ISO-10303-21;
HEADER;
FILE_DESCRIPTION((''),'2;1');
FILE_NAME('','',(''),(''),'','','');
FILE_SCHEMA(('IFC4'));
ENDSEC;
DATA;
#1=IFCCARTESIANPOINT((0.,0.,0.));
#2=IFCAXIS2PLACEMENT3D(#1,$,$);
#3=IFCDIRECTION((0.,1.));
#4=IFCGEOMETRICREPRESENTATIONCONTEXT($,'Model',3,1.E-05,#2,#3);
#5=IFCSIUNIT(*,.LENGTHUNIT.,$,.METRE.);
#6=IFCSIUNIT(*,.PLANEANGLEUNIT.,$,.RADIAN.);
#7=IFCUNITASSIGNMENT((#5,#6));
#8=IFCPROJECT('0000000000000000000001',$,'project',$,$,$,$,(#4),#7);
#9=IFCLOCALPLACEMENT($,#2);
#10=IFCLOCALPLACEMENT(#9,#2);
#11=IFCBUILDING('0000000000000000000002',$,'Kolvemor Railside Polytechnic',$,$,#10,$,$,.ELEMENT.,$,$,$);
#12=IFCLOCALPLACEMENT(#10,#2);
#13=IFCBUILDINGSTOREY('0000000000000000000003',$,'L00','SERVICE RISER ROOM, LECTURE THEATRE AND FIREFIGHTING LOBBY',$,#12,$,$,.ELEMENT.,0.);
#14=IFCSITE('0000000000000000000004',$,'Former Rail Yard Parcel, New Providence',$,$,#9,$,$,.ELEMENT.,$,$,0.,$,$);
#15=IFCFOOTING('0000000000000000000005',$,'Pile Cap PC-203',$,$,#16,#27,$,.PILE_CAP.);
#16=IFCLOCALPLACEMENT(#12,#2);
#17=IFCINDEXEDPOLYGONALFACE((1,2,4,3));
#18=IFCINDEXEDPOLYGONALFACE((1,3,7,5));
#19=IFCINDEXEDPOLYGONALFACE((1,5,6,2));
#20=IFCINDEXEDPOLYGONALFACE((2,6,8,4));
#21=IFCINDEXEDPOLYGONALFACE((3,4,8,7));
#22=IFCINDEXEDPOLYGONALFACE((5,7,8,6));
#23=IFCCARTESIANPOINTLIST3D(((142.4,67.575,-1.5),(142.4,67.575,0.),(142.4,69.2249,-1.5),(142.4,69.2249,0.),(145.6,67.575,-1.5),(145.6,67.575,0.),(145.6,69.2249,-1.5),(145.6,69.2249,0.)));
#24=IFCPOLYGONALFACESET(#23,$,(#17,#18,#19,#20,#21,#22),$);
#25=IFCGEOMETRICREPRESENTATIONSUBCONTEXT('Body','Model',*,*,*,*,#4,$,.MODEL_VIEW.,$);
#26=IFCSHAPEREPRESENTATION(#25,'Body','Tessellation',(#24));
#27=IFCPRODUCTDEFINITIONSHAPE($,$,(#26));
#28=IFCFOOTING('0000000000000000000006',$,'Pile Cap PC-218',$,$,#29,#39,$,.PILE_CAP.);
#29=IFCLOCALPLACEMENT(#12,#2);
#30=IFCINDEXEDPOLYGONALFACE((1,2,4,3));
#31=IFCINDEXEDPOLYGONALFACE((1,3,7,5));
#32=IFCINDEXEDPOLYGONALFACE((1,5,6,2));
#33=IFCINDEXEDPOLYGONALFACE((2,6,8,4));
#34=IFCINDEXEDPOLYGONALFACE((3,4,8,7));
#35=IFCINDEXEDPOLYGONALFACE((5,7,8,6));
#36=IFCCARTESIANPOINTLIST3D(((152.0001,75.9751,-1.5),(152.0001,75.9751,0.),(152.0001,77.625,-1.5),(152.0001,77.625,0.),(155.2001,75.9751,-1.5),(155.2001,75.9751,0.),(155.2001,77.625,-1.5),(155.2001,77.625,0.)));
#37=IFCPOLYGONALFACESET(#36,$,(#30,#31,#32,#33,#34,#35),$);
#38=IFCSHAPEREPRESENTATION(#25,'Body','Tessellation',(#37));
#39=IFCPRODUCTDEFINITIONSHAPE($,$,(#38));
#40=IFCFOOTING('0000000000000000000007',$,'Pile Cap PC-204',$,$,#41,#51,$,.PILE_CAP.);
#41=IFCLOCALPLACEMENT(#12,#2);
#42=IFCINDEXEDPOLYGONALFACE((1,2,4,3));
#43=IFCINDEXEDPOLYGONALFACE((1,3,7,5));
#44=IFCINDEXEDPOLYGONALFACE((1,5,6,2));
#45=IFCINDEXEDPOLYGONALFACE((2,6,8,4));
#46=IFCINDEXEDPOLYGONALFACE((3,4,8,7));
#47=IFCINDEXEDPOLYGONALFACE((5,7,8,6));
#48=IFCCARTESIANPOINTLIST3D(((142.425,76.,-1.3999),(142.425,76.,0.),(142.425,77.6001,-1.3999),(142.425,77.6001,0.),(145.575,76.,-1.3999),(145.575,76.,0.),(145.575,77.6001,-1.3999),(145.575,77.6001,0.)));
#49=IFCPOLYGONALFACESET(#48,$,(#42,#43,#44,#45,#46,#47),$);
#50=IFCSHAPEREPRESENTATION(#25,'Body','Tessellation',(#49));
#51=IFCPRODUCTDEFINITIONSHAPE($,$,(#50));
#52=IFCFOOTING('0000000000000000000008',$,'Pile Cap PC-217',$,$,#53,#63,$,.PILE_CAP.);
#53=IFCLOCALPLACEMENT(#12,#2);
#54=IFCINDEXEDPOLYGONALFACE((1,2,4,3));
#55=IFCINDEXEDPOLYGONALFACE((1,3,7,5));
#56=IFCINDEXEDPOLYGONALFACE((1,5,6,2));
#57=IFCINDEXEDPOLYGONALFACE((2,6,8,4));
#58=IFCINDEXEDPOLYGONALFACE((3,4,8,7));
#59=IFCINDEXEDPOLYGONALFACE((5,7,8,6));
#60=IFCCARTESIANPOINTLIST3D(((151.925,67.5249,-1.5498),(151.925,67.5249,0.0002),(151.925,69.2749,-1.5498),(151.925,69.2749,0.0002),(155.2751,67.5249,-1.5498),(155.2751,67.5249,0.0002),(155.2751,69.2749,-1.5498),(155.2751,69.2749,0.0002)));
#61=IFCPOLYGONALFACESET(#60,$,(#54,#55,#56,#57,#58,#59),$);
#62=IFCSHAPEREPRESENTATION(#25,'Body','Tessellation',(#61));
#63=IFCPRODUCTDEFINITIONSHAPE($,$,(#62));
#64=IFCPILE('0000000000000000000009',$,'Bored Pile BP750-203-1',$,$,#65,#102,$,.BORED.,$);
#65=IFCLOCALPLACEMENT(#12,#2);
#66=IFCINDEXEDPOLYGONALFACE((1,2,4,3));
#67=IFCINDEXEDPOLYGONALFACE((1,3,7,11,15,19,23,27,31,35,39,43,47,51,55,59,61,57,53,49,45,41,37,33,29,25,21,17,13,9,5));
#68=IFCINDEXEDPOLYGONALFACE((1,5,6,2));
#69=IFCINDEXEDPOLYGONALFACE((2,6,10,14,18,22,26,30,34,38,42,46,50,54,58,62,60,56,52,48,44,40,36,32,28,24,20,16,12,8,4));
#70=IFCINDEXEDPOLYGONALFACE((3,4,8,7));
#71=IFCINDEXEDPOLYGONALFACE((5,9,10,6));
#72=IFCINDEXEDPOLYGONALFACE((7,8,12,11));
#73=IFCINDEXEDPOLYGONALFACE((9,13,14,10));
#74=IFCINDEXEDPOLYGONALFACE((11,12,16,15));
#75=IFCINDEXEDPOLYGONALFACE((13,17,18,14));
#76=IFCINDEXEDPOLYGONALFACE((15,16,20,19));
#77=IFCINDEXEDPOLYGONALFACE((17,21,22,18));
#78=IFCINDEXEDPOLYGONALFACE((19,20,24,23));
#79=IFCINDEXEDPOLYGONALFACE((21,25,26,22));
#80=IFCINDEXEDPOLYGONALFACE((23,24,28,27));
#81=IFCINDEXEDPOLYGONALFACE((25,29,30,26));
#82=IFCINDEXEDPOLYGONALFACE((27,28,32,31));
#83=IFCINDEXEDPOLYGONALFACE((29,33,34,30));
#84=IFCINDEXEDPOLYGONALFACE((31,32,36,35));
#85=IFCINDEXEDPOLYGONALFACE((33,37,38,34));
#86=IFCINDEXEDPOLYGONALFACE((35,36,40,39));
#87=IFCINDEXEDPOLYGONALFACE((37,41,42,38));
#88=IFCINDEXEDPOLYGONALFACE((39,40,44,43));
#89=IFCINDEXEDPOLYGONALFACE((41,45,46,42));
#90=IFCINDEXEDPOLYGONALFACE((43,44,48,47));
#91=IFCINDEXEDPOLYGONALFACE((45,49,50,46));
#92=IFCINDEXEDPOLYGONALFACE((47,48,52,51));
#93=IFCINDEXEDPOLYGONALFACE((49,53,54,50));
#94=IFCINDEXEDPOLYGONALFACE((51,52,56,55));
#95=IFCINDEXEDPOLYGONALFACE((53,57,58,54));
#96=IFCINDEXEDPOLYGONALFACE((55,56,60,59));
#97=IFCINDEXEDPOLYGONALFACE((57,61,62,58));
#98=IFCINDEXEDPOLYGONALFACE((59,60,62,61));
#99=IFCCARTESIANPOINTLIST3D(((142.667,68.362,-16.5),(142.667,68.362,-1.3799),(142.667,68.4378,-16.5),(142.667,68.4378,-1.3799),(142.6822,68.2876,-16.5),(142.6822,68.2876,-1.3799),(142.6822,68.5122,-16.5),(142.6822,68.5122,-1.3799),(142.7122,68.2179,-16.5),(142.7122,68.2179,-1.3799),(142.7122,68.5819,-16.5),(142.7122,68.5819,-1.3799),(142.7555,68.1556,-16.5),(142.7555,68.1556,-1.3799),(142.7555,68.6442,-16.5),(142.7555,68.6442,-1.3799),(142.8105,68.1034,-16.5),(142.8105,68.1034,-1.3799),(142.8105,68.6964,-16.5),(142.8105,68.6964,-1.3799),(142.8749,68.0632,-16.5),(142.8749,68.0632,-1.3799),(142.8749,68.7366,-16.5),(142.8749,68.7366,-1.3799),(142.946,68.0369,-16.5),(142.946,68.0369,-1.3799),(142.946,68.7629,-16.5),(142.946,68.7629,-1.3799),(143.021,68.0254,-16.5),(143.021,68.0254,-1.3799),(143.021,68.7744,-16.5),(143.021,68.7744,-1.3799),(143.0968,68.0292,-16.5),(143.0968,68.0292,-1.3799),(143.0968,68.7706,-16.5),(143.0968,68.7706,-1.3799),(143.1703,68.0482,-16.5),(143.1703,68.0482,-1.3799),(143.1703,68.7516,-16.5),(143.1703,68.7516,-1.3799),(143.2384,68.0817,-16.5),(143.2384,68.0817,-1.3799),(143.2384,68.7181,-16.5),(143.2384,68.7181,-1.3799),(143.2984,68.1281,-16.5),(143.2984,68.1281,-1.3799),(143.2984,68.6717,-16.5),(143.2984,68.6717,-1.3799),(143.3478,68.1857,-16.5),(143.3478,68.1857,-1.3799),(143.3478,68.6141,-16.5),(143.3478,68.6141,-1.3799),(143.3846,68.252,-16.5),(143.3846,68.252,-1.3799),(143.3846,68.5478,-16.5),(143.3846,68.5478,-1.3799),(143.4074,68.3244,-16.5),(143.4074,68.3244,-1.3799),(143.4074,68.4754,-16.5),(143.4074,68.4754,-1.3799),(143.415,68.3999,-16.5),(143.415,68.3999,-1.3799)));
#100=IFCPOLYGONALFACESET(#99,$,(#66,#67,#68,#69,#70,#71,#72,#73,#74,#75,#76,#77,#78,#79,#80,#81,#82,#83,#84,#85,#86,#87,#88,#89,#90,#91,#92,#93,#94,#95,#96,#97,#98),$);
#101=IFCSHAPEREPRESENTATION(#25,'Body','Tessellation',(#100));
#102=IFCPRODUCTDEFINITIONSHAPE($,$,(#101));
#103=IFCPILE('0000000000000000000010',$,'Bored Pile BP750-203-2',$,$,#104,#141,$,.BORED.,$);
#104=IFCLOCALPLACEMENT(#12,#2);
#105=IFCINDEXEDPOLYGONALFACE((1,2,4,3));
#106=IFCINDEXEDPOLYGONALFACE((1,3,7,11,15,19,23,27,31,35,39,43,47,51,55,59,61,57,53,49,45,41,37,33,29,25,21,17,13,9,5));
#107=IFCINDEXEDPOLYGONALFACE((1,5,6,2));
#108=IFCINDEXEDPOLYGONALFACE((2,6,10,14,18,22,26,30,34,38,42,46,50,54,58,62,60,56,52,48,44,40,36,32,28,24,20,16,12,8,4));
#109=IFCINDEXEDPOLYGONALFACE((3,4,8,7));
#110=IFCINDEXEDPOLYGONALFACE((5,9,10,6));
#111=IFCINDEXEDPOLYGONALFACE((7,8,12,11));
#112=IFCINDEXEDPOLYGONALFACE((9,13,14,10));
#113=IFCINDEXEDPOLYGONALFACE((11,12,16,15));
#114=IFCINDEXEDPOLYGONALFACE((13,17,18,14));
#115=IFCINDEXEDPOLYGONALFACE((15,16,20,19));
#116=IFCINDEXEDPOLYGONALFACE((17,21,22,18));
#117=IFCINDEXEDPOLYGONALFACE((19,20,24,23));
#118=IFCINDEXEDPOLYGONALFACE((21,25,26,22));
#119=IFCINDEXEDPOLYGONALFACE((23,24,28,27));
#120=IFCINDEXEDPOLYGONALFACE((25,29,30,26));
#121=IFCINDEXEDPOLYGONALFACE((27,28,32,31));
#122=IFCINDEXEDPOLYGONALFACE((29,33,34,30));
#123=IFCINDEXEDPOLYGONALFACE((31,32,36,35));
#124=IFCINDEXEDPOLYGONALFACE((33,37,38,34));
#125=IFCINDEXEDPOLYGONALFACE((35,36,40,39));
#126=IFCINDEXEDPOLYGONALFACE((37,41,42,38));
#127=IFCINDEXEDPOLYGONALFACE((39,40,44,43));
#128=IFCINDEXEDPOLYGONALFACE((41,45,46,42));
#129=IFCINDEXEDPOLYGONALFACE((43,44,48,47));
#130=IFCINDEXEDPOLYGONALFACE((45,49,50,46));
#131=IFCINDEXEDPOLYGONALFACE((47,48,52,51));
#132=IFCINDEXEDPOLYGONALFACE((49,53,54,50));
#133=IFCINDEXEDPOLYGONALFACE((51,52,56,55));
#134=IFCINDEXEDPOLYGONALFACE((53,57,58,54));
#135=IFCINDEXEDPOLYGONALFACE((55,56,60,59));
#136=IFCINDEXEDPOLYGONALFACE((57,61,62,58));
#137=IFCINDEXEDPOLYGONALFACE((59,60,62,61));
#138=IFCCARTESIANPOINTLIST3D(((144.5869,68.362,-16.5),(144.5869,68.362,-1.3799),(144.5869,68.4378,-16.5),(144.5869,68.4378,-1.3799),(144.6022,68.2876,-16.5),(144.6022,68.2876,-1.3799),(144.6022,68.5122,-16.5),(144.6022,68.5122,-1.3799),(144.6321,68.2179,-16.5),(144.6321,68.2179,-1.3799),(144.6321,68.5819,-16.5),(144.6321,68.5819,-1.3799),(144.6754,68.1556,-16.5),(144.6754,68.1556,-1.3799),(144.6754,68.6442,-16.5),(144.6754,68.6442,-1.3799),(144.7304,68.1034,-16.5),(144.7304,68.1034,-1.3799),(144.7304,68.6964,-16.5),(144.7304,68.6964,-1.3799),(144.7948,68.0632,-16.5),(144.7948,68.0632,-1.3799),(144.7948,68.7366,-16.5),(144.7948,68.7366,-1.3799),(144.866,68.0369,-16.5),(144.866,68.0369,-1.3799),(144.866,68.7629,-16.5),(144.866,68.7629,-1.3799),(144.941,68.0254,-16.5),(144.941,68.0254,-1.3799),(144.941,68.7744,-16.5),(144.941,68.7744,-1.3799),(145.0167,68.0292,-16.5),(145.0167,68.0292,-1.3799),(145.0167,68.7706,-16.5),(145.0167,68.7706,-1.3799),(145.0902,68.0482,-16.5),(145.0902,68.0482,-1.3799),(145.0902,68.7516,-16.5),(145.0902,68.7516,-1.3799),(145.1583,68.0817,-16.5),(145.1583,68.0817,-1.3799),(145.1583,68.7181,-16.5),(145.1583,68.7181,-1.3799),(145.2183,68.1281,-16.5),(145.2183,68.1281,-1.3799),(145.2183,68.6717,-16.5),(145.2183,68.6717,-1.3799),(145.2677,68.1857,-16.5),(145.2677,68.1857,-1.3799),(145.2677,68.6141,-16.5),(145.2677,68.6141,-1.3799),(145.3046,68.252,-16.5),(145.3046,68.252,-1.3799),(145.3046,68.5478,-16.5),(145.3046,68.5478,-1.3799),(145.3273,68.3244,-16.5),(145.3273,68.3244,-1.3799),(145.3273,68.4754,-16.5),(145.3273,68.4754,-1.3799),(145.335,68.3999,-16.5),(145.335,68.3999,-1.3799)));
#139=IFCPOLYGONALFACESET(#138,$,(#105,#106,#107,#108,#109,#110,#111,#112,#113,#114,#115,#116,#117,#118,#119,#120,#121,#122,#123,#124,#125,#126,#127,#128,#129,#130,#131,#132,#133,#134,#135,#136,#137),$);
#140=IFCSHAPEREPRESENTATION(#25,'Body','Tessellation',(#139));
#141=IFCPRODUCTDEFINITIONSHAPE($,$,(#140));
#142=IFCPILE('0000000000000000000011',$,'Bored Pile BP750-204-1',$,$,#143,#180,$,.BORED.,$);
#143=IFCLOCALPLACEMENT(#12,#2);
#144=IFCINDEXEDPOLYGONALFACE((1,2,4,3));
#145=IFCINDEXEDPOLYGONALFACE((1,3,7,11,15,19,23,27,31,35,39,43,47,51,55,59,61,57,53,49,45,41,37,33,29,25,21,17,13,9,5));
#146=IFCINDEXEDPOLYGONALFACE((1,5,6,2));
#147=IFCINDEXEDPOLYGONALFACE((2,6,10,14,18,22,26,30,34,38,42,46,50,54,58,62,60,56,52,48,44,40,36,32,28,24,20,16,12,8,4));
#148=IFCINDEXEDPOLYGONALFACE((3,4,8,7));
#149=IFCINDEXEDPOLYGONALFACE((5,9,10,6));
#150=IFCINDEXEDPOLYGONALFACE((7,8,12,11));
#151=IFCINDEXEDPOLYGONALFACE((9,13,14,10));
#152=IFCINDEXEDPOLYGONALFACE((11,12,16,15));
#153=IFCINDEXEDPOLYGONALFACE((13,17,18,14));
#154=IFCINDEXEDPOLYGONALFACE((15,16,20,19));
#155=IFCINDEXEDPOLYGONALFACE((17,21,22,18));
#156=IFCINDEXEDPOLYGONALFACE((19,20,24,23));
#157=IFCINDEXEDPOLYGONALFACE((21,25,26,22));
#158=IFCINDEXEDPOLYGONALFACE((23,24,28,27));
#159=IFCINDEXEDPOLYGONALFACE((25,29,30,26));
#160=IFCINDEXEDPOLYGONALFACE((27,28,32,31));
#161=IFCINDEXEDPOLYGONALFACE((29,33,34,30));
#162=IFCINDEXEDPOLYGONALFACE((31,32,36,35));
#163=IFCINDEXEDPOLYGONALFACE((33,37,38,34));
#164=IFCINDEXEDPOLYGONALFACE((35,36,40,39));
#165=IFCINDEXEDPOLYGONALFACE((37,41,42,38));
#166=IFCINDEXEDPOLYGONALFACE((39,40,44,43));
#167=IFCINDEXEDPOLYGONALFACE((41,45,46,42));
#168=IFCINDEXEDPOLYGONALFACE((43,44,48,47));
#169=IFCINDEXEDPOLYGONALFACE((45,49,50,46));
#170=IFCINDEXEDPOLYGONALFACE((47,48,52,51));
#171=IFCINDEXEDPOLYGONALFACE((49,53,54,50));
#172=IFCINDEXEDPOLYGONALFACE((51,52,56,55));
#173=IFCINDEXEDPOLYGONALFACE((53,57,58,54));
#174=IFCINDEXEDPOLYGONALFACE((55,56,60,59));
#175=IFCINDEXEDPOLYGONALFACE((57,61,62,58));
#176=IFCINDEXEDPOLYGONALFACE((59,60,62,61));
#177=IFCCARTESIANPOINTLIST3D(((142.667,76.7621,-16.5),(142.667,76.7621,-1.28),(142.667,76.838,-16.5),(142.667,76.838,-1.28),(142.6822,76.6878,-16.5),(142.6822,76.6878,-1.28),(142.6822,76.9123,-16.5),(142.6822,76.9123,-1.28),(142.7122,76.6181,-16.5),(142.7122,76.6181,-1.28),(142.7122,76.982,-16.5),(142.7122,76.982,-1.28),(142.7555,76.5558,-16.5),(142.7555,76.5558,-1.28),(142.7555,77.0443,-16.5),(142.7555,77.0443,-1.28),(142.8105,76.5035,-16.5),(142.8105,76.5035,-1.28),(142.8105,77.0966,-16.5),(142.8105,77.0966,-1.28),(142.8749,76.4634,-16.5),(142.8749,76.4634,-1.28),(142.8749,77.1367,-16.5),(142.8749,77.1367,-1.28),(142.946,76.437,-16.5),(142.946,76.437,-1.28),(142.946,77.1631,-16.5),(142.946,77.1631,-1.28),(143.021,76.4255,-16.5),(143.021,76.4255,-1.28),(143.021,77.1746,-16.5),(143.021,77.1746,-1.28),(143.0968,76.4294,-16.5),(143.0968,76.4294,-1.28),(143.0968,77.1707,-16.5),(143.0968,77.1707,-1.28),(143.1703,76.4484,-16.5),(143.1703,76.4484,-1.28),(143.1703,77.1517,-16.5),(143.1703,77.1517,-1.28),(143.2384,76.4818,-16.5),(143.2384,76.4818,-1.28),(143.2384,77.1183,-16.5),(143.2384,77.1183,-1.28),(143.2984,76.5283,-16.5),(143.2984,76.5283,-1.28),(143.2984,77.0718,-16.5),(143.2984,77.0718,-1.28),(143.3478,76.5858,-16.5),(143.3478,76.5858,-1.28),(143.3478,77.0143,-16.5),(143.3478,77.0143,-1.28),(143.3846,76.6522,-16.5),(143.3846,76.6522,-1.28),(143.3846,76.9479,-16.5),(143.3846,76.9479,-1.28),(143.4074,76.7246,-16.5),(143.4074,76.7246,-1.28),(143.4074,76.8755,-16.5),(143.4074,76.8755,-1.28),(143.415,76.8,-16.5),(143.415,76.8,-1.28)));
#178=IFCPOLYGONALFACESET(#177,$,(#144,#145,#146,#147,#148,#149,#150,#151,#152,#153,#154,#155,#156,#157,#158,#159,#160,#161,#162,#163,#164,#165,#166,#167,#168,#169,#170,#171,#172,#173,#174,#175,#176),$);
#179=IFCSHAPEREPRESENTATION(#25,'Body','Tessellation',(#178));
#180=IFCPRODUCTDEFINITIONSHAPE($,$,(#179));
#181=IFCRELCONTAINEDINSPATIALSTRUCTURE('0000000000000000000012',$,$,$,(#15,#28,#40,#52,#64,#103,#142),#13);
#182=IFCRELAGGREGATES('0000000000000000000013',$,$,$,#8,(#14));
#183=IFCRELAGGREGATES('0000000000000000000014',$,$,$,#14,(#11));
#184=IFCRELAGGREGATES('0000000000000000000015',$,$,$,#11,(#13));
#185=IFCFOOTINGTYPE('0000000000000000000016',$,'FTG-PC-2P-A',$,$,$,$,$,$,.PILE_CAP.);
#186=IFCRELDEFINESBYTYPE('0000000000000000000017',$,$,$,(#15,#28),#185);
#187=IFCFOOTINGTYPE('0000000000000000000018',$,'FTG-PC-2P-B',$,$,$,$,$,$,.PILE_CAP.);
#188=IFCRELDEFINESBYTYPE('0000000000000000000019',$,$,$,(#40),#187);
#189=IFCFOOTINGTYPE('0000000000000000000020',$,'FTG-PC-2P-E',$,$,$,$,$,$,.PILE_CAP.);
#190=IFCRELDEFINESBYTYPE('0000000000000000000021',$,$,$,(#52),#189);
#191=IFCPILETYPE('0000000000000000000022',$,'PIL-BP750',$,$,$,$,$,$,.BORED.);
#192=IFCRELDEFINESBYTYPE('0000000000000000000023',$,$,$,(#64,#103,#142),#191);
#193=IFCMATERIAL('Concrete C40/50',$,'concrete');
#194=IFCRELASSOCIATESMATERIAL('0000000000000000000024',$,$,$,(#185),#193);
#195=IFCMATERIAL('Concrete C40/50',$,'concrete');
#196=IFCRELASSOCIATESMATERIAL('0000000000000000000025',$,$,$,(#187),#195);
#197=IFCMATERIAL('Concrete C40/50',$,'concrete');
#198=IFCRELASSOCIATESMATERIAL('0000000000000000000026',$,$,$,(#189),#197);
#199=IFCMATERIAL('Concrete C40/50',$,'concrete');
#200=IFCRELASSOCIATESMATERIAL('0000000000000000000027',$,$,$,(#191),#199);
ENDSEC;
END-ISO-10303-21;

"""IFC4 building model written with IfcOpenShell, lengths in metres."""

from ifc_helpers import new_model, si_unit, direction, frame, origin, origin_2d, place, context, subcontext, project, spatial, rectangle, circle, extrude, material, material_profile, profile_set, type_object, element, save


model = new_model("IFC4")

# Units and contexts
model_context = context("Model", 3, precision=1e-05, world=origin(), true_north=direction((0.0, 1.0)))
body_context = subcontext(model_context, "Body", "Model", "MODEL_VIEW")
ifc_project = project(units=[si_unit("LENGTHUNIT", "METRE"), si_unit("PLANEANGLEUNIT", "RADIAN")], contexts=[model_context])

# Site, building, storey
site_placement = place(None, origin())
site = spatial("IfcSite", under=ifc_project, at=site_placement, Name="Former Rail Yard Parcel, New Providence", CompositionType="ELEMENT", RefElevation=0.0)
building_placement = place(site_placement, origin())
building = spatial("IfcBuilding", under=site, at=building_placement, Name="Kolvemor Railside Polytechnic", CompositionType="ELEMENT")
storey_placement = place(building_placement, origin())
storey = spatial("IfcBuildingStorey", under=building, at=storey_placement, Name="L00", Description="SERVICE RISER ROOM, LECTURE THEATRE AND FIREFIGHTING LOBBY", CompositionType="ELEMENT", Elevation=0.0)

# Footings
ifc_material_1 = material(Name="Concrete C40/50", Category="concrete")
footing_type_1 = type_object("IfcFootingType", Name="FTG-PC-2P-A", PredefinedType="PILE_CAP", material=ifc_material_1)
for number, where, z_axis, x_axis, name in (
    (1, (144.0, 68.3999, -1.5), (0.0, 0.0, 1.0), (1.0, 0.0, 0.0), "Pile Cap PC-203"),
    (2, (153.6001, 76.8, -1.5), (0.0, 0.0, 1.0), (1.0, 0.0, 0.0), "Pile Cap PC-218"),
):
    element("IfcFooting", number, at=place(storey_placement, frame(where, z_axis=z_axis, x_axis=x_axis)), inside=storey, type_object=footing_type_1, Name=name, PredefinedType="PILE_CAP", context=body_context, shape_type="SweptSolid", body=[
        extrude(rectangle(XDim=3.2, YDim=1.6499, at=origin_2d()), origin(), (0.0, 0.0, 1.0), 1.5),
    ])
ifc_material_2 = material(Name="Concrete C40/50", Category="concrete")
footing_type_2 = type_object("IfcFootingType", Name="FTG-PC-2P-B", PredefinedType="PILE_CAP", material=ifc_material_2)
footing_1_placement = place(storey_placement, frame((144.0, 76.8, -1.3999), z_axis=(0.0, 0.0, 1.0), x_axis=(1.0, 0.0, 0.0)))
element("IfcFooting", 3, at=footing_1_placement, inside=storey, type_object=footing_type_2, Name="Pile Cap PC-204", PredefinedType="PILE_CAP", context=body_context, shape_type="SweptSolid", body=[
    extrude(rectangle(XDim=3.1499, YDim=1.6001, at=origin_2d()), origin(), (0.0, 0.0, 1.0), 1.3999),
])
ifc_material_3 = material(Name="Concrete C40/50", Category="concrete")
footing_type_3 = type_object("IfcFootingType", Name="FTG-PC-2P-E", PredefinedType="PILE_CAP", material=ifc_material_3)
footing_2_placement = place(storey_placement, frame((153.6001, 68.3999, -1.5498), z_axis=(0.0, 0.0, 1.0), x_axis=(1.0, 0.0, 0.0)))
element("IfcFooting", 4, at=footing_2_placement, inside=storey, type_object=footing_type_3, Name="Pile Cap PC-217", PredefinedType="PILE_CAP", context=body_context, shape_type="SweptSolid", body=[
    extrude(rectangle(XDim=3.3501, YDim=1.75, at=origin_2d()), origin(), (0.0, 0.0, 1.0), 1.55),
])

# Piles
ifc_material_4 = material(Name="Concrete C40/50", Category="concrete")
ifc_material_profile_1 = material_profile(ifc_material_4, circle(Radius=0.375, at=origin_2d()), Name="BP750")
ifc_profile_set_1 = profile_set([ifc_material_profile_1], Name="Concrete C40/50")
pile_type = type_object("IfcPileType", Name="PIL-BP750", PredefinedType="BORED", material=ifc_profile_set_1)
for number, where, z_axis, x_axis, name in (
    (5, (143.04, 68.3999, -1.3799), (0.0, 0.0, -1.0), (1.0, 0.0, 0.0), "Bored Pile BP750-203-1"),
    (6, (144.96, 68.3999, -1.3799), (0.0, 0.0, -1.0), (1.0, 0.0, 0.0), "Bored Pile BP750-203-2"),
):
    element("IfcPile", number, at=place(storey_placement, frame(where, z_axis=z_axis, x_axis=x_axis)), inside=storey, type_object=pile_type, Name=name, PredefinedType="BORED", context=body_context, shape_type="SweptSolid", body=[
        extrude(circle(Radius=0.375, at=origin_2d()), origin(), (0.0, 0.0, 1.0), 15.1201),
    ])
for number, where, z_axis, x_axis, name in (
    (7, (143.04, 76.8, -1.28), (0.0, 0.0, -1.0), (1.0, 0.0, 0.0), "Bored Pile BP750-204-1"),
):
    element("IfcPile", number, at=place(storey_placement, frame(where, z_axis=z_axis, x_axis=x_axis)), inside=storey, type_object=pile_type, Name=name, PredefinedType="BORED", context=body_context, shape_type="SweptSolid", body=[
        extrude(circle(Radius=0.375, at=origin_2d()), origin(), (0.0, 0.0, 1.0), 15.22),
    ])

save(model, "model.ifc")
